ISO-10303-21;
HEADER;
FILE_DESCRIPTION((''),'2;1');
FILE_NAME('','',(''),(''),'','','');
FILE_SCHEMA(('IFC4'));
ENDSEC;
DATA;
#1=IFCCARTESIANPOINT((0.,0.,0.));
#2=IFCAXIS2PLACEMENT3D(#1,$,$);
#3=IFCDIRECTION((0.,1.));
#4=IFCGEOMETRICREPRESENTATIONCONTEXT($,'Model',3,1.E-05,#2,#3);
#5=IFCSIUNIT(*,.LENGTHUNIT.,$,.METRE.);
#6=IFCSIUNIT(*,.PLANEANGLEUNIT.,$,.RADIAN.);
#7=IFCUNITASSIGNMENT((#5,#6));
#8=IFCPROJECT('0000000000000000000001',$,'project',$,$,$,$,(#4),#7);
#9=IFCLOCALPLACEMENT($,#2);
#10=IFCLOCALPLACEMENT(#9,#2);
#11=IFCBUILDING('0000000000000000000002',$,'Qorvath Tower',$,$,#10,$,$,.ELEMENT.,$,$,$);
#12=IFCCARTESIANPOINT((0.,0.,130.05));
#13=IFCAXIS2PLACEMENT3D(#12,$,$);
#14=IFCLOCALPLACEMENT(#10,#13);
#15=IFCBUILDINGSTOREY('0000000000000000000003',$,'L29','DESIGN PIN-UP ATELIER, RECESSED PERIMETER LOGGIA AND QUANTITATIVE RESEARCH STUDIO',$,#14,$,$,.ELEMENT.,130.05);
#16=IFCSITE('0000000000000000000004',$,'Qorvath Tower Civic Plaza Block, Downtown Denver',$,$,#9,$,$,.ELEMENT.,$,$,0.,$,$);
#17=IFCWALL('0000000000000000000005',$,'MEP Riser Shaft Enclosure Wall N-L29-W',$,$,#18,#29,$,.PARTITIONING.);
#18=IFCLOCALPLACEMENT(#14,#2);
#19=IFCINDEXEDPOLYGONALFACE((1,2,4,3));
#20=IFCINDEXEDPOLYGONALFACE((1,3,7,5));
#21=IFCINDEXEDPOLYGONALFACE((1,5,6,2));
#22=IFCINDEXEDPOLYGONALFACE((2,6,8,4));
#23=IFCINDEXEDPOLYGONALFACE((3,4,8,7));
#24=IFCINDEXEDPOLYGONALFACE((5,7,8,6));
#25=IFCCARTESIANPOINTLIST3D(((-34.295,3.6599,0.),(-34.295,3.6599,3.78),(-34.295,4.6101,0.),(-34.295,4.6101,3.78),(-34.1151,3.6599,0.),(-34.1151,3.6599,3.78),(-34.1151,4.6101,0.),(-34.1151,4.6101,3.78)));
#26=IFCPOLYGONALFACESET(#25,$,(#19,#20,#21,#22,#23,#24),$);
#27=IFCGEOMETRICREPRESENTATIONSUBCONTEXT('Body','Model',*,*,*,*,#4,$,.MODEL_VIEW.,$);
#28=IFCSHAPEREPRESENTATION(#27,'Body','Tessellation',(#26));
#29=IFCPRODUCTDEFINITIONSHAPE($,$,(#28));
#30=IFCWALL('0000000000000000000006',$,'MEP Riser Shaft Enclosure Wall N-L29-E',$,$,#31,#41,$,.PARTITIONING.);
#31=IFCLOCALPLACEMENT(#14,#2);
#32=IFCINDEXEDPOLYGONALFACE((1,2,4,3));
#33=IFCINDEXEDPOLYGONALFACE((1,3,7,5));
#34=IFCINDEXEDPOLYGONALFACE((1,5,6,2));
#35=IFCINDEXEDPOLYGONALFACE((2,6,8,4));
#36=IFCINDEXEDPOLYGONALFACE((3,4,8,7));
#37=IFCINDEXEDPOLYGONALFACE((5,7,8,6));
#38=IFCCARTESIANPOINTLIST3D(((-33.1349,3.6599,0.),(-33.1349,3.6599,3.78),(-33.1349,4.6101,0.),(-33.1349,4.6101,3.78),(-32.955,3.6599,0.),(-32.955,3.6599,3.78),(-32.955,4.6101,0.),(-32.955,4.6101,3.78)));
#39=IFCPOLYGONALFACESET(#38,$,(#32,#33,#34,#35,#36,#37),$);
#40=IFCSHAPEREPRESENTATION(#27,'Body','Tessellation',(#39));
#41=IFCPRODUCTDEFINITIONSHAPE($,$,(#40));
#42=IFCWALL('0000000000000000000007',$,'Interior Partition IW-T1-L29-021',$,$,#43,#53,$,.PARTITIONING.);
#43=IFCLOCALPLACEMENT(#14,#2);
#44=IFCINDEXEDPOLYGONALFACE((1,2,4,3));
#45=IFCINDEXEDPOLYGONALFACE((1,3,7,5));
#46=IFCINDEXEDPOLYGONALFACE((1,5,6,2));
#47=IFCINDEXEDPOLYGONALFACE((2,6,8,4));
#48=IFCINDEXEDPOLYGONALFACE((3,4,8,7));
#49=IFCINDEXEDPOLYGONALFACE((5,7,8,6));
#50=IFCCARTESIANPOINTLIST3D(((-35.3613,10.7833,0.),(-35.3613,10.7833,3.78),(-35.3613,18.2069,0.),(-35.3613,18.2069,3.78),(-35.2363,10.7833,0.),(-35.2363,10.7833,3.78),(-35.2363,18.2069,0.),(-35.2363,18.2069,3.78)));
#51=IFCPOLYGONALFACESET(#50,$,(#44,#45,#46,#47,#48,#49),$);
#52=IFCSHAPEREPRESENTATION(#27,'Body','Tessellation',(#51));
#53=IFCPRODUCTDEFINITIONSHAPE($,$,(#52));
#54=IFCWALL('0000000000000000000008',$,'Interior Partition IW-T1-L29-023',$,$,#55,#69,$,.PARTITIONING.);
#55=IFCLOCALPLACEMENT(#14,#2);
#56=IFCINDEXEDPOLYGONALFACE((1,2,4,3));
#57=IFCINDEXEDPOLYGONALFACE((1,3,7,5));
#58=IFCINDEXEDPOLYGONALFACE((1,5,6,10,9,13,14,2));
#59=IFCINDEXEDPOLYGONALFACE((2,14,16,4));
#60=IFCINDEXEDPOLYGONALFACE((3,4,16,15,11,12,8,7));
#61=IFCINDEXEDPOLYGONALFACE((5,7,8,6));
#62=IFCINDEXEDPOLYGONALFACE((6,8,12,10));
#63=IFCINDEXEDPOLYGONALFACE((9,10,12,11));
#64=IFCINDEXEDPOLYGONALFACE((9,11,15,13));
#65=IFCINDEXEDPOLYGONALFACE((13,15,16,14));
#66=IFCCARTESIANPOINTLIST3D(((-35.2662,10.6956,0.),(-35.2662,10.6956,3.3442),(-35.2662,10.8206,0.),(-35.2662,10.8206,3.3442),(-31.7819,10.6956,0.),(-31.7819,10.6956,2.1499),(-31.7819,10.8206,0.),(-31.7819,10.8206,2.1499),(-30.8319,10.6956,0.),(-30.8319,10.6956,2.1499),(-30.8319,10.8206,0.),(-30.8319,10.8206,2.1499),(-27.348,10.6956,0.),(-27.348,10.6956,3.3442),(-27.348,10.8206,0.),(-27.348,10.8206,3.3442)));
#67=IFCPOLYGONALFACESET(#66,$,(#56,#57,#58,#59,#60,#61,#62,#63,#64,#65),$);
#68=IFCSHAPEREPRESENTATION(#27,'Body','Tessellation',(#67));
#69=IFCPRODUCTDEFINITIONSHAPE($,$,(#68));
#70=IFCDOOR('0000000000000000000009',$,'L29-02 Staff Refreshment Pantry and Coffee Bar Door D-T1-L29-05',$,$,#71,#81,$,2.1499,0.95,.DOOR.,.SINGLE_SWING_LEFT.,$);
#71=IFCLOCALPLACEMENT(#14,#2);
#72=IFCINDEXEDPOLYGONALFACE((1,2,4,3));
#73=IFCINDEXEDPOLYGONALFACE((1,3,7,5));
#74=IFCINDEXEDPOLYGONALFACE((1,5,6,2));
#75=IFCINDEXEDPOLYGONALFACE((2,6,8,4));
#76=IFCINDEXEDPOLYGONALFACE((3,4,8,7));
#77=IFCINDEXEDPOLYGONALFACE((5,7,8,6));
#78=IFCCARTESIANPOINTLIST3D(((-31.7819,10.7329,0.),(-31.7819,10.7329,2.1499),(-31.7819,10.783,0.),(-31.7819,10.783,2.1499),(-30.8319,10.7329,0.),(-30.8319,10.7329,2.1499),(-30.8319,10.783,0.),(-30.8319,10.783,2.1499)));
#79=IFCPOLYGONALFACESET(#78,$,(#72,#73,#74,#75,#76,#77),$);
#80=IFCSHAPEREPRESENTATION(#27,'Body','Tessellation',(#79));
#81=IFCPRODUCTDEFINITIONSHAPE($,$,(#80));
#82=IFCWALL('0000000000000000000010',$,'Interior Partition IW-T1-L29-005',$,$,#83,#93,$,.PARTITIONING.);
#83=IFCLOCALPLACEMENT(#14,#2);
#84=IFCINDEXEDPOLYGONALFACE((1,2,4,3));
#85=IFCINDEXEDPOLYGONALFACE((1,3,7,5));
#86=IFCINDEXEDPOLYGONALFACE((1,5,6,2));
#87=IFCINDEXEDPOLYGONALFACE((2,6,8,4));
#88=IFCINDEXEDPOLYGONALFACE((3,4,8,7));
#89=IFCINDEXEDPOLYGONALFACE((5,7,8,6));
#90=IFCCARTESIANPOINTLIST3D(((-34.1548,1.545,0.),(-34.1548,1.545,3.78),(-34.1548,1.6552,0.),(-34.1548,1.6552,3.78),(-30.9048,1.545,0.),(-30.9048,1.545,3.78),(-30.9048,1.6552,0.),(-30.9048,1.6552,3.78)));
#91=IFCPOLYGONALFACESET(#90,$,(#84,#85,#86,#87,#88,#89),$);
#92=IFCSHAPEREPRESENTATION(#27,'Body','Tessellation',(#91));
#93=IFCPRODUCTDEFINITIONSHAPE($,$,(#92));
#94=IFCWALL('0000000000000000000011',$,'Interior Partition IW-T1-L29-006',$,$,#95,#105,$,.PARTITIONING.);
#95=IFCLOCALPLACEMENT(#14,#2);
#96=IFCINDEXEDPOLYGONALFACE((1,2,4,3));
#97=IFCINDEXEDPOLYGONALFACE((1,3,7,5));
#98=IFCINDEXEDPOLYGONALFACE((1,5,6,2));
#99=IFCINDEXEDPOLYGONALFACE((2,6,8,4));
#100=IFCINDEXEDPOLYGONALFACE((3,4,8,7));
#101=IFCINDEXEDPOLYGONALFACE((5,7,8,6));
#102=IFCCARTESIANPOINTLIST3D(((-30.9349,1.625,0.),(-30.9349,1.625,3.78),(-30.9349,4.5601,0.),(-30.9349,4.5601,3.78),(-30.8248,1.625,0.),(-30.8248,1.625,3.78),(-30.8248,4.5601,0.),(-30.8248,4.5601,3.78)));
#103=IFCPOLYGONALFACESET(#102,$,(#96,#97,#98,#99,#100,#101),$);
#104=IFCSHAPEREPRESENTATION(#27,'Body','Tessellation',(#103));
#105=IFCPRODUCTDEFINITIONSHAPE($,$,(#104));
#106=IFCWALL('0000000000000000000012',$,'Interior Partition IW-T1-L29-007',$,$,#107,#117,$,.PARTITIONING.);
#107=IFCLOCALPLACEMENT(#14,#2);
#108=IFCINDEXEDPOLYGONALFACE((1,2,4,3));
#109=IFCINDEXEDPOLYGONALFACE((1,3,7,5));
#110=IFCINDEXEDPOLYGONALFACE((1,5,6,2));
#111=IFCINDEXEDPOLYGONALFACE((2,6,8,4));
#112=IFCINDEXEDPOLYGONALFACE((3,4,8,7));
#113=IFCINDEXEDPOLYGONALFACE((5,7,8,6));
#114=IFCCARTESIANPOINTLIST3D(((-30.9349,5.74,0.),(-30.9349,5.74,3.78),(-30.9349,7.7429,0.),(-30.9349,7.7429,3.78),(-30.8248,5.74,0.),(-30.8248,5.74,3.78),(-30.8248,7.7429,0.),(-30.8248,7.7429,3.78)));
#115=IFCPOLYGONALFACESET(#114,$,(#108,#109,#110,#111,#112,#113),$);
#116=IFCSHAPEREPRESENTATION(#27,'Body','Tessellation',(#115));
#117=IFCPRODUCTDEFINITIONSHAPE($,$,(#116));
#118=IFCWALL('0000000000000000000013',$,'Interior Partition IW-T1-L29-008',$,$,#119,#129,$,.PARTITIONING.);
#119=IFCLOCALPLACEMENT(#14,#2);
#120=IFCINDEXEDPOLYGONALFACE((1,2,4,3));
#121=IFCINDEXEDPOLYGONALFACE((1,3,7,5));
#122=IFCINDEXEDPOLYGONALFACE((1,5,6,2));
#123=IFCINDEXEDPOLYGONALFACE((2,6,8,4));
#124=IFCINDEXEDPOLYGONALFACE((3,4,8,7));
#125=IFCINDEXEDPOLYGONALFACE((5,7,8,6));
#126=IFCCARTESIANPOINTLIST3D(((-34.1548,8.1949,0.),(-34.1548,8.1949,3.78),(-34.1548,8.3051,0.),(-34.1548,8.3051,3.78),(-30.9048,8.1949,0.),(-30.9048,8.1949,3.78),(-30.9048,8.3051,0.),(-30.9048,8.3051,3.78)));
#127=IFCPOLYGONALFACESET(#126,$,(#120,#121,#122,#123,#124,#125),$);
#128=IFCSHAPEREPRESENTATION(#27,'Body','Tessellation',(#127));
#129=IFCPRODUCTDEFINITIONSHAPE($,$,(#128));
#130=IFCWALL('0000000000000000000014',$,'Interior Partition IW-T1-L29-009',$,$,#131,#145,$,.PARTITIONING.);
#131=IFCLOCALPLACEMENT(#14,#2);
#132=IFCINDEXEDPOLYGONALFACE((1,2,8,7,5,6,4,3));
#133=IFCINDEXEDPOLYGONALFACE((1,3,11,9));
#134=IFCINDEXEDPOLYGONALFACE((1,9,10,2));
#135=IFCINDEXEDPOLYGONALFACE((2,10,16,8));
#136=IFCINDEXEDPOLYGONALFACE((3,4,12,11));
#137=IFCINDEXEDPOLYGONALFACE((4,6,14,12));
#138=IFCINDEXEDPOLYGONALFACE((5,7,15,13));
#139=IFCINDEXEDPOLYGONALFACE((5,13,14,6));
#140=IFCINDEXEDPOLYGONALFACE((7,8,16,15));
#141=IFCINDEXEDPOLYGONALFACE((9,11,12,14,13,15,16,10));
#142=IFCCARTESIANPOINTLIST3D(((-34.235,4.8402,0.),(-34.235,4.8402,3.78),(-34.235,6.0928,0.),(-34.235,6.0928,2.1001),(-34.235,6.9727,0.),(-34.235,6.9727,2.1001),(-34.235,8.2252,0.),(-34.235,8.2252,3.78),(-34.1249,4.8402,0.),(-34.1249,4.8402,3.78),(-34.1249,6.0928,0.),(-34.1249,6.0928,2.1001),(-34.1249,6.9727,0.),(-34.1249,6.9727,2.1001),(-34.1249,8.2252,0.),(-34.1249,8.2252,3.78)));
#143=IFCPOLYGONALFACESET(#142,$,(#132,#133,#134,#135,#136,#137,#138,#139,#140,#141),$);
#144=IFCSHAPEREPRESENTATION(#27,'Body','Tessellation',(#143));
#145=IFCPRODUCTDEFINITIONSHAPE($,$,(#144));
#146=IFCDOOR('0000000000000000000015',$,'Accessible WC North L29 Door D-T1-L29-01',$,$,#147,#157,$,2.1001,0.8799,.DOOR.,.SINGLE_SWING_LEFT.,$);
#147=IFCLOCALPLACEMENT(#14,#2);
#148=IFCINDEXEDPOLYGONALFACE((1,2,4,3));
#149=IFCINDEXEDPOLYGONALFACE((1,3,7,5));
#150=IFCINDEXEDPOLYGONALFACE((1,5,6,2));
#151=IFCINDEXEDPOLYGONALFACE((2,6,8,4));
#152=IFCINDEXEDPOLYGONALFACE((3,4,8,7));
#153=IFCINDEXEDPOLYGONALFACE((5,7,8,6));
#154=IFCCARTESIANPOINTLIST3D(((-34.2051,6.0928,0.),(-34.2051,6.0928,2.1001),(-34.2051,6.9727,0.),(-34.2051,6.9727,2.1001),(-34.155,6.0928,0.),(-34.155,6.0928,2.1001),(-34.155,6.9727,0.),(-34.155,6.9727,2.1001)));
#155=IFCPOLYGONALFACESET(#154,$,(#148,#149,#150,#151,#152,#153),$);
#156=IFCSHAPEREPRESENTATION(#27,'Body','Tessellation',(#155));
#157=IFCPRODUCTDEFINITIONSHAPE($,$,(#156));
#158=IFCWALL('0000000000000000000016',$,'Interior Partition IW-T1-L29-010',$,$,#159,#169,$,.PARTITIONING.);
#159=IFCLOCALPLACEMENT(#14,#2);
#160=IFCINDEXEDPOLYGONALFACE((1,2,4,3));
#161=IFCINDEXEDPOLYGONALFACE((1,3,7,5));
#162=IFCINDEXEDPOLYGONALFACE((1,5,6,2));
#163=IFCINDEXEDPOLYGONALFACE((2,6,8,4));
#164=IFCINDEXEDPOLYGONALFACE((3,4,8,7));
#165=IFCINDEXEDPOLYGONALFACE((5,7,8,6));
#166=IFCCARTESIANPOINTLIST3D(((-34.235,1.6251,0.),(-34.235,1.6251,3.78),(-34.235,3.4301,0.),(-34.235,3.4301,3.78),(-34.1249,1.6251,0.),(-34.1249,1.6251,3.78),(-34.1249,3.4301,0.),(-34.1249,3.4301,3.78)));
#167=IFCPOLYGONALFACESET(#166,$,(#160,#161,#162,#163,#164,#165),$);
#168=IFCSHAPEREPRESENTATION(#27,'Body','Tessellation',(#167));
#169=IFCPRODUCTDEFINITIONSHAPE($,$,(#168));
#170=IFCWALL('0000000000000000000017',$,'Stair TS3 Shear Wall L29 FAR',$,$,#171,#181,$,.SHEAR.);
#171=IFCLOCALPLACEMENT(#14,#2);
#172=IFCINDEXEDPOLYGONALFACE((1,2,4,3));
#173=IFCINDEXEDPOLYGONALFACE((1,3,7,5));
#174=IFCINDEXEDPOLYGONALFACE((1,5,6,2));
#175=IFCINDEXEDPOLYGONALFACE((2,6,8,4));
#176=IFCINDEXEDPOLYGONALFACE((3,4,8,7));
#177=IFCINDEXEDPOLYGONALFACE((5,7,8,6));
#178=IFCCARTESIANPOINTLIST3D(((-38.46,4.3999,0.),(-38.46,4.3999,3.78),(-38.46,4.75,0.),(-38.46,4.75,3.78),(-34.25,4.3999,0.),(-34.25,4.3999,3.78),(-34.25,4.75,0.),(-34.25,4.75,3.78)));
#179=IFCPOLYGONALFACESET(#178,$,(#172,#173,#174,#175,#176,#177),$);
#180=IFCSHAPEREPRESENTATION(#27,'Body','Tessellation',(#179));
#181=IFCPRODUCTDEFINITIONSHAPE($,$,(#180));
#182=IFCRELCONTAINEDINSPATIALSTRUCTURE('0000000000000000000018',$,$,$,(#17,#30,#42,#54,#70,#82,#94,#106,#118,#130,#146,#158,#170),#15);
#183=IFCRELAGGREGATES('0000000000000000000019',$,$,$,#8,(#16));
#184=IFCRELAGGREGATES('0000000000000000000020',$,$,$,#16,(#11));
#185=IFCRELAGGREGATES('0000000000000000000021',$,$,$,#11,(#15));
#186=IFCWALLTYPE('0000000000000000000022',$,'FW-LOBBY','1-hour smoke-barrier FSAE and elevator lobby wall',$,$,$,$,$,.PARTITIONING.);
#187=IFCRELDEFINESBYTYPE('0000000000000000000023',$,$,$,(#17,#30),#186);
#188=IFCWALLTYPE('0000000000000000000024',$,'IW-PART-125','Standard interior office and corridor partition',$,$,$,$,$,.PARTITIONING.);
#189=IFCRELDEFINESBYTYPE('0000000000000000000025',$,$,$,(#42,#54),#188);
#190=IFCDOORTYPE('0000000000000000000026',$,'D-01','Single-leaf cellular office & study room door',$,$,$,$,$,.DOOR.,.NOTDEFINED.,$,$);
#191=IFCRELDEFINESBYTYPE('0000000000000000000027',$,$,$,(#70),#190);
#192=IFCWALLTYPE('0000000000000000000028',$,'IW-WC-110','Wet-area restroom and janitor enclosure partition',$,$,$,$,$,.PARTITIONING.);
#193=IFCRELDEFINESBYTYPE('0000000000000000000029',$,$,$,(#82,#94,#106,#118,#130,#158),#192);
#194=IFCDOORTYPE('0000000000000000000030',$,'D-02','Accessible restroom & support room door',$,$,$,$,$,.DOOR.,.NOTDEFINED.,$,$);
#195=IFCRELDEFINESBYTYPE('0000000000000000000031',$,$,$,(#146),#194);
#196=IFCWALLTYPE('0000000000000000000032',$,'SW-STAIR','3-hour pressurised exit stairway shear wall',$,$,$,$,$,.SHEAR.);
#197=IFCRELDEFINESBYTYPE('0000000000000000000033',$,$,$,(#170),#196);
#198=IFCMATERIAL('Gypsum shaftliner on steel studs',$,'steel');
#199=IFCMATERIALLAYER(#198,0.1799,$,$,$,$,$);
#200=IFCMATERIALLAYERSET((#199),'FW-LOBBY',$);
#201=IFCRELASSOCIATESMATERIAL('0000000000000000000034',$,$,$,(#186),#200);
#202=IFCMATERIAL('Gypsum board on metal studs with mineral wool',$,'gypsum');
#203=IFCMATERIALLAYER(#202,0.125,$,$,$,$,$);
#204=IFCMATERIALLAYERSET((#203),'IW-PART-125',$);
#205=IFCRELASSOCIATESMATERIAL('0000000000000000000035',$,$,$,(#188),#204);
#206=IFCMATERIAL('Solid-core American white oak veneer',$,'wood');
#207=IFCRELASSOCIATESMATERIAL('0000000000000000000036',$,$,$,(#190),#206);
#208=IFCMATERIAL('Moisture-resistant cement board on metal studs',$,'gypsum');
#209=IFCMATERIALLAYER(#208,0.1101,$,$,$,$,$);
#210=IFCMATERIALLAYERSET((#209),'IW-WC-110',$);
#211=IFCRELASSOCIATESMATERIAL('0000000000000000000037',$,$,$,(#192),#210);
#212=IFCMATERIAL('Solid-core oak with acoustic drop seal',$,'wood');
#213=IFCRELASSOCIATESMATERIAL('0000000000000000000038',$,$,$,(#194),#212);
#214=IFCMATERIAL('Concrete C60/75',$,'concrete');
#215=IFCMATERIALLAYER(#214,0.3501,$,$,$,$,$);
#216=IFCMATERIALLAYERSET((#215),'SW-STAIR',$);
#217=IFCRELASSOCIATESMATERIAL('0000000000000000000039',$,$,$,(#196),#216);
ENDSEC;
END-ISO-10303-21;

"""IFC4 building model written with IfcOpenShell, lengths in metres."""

from ifc_helpers import new_model, si_unit, direction, frame, frame_2d, origin, place, context, subcontext, project, spatial, rectangle, extrude, material, layer, layer_set, type_object, element, fill, save


model = new_model("IFC4")

# Units and contexts
model_context = context("Model", 3, precision=1e-05, world=origin(), true_north=direction((0.0, 1.0)))
body_context = subcontext(model_context, "Body", "Model", "MODEL_VIEW")
ifc_project = project(units=[si_unit("LENGTHUNIT", "METRE"), si_unit("PLANEANGLEUNIT", "RADIAN")], contexts=[model_context])

# Site, building, storey
site_placement = place(None, origin())
site = spatial("IfcSite", under=ifc_project, at=site_placement, Name="Qorvath Tower Civic Plaza Block, Downtown Denver", CompositionType="ELEMENT", RefElevation=0.0)
building_placement = place(site_placement, origin())
building = spatial("IfcBuilding", under=site, at=building_placement, Name="Qorvath Tower", CompositionType="ELEMENT")
storey_placement = place(building_placement, frame((0.0, 0.0, 130.05)))
storey = spatial("IfcBuildingStorey", under=building, at=storey_placement, Name="L29", Description="DESIGN PIN-UP ATELIER, RECESSED PERIMETER LOGGIA AND QUANTITATIVE RESEARCH STUDIO", CompositionType="ELEMENT", Elevation=130.05)

# Walls
ifc_material_1 = material(Name="Gypsum shaftliner on steel studs", Category="steel")
ifc_layer_1 = layer(ifc_material_1, 0.1799)
ifc_layer_set_1 = layer_set([ifc_layer_1], Name="FW-LOBBY")
wall_type_1 = type_object("IfcWallType", Name="FW-LOBBY", Description="1-hour smoke-barrier FSAE and elevator lobby wall", PredefinedType="PARTITIONING", material=ifc_layer_set_1)
for number, where, z_axis, x_axis, name in (
    (1, (-34.2051, 3.6599, 0.0), (0.0, 0.0, 1.0), (0.0, 1.0, 0.0), "MEP Riser Shaft Enclosure Wall N-L29-W"),
    (2, (-33.0449, 4.6101, 0.0), (0.0, 0.0, 1.0), (0.0, -1.0, 0.0), "MEP Riser Shaft Enclosure Wall N-L29-E"),
):
    element("IfcWall", number, at=place(storey_placement, frame(where, z_axis=z_axis, x_axis=x_axis)), inside=storey, type_object=wall_type_1, Name=name, PredefinedType="PARTITIONING", context=body_context, shape_type="SweptSolid", body=[
        extrude(rectangle(XDim=0.9502, YDim=0.1799, at=frame_2d((0.4751, 0.0))), origin(), (0.0, 0.0, 1.0), 3.78),
    ])

# Shared definitions
ifc_material_2 = material(Name="Gypsum board on metal studs with mineral wool", Category="gypsum")
ifc_layer_2 = layer(ifc_material_2, 0.125)
ifc_layer_set_2 = layer_set([ifc_layer_2], Name="IW-PART-125")
wall_type_2 = type_object("IfcWallType", Name="IW-PART-125", Description="Standard interior office and corridor partition", PredefinedType="PARTITIONING", material=ifc_layer_set_2)
ifc_material_3 = material(Name="Solid-core American white oak veneer", Category="wood")
door_type_1 = type_object("IfcDoorType", Name="D-01", Description="Single-leaf cellular office & study room door", OperationType="NOTDEFINED", PredefinedType="DOOR", material=ifc_material_3)

# Wall
wall_1_placement = place(storey_placement, frame((-35.2988, 10.7832, 0.0), z_axis=(0.0, 0.0, 1.0), x_axis=(0.0, 1.0, 0.0)))
element("IfcWall", 3, at=wall_1_placement, inside=storey, type_object=wall_type_2, Name="Interior Partition IW-T1-L29-021", PredefinedType="PARTITIONING", context=body_context, shape_type="SweptSolid", body=[
    extrude(rectangle(XDim=7.4236, YDim=0.125, at=frame_2d((3.7119, 0.0))), origin(), (0.0, 0.0, 1.0), 3.78),
])

# Wall, opening, door
wall_2_placement = place(storey_placement, frame((-35.2661, 10.7581, 0.0), z_axis=(0.0, 0.0, 1.0), x_axis=(1.0, 0.0, 0.0)))
wall_2 = element("IfcWall", 4, at=wall_2_placement, inside=storey, type_object=wall_type_2, Name="Interior Partition IW-T1-L29-023", PredefinedType="PARTITIONING", context=body_context, shape_type="SweptSolid", body=[
    extrude(rectangle(XDim=7.9182, YDim=0.125, at=frame_2d((3.959, 0.0))), origin(), (0.0, 0.0, 1.0), 3.3442),
])
opening_1_placement = place(wall_2_placement, frame((3.4841, 0.0, 0.0)))
opening_1 = element("IfcOpeningElement", 5, at=opening_1_placement, cuts=wall_2, PredefinedType="OPENING", context=body_context, shape_type="SweptSolid", body=[
    extrude(rectangle(XDim=0.95, YDim=2.1499, at=frame_2d((0.4751, 1.075))), frame((0.0, 0.0725, 0.0), z_axis=(0.0, -1.0, 0.0), x_axis=(1.0, 0.0, 0.0)), (0.0, 0.0, 1.0), 0.145),
])
door_1_placement = place(opening_1_placement, origin())
door_1 = element("IfcDoor", 6, at=door_1_placement, inside=storey, type_object=door_type_1, Name="L29-02 Staff Refreshment Pantry and Coffee Bar Door D-T1-L29-05", OperationType="SINGLE_SWING_LEFT", OverallHeight=2.1499, OverallWidth=0.95, PredefinedType="DOOR", context=body_context, shape_type="SweptSolid", body=[
    extrude(rectangle(XDim=0.95, YDim=2.1499, at=frame_2d((0.4751, 1.075))), frame((0.0, 0.0249, 0.0), z_axis=(0.0, -1.0, 0.0), x_axis=(1.0, 0.0, 0.0)), (0.0, 0.0, 1.0), 0.05),
])
fill(opening_1, door_1)

# Walls
ifc_material_4 = material(Name="Moisture-resistant cement board on metal studs", Category="gypsum")
ifc_layer_3 = layer(ifc_material_4, 0.1101)
ifc_layer_set_3 = layer_set([ifc_layer_3], Name="IW-WC-110")
wall_type_3 = type_object("IfcWallType", Name="IW-WC-110", Description="Wet-area restroom and janitor enclosure partition", PredefinedType="PARTITIONING", material=ifc_layer_set_3)
wall_3_placement = place(storey_placement, frame((-34.1548, 1.6001, 0.0), z_axis=(0.0, 0.0, 1.0), x_axis=(1.0, 0.0, 0.0)))
element("IfcWall", 7, at=wall_3_placement, inside=storey, type_object=wall_type_3, Name="Interior Partition IW-T1-L29-005", PredefinedType="PARTITIONING", context=body_context, shape_type="SweptSolid", body=[
    extrude(rectangle(XDim=3.25, YDim=0.1101, at=frame_2d((1.625, 0.0))), origin(), (0.0, 0.0, 1.0), 3.78),
])
wall_4_placement = place(storey_placement, frame((-30.8799, 1.625, 0.0), z_axis=(0.0, 0.0, 1.0), x_axis=(0.0, 1.0, 0.0)))
element("IfcWall", 8, at=wall_4_placement, inside=storey, type_object=wall_type_3, Name="Interior Partition IW-T1-L29-006", PredefinedType="PARTITIONING", context=body_context, shape_type="SweptSolid", body=[
    extrude(rectangle(XDim=2.9351, YDim=0.1101, at=frame_2d((1.4675, 0.0))), origin(), (0.0, 0.0, 1.0), 3.78),
])
wall_5_placement = place(storey_placement, frame((-30.8799, 5.74, 0.0), z_axis=(0.0, 0.0, 1.0), x_axis=(0.0, 1.0, 0.0)))
element("IfcWall", 9, at=wall_5_placement, inside=storey, type_object=wall_type_3, Name="Interior Partition IW-T1-L29-007", PredefinedType="PARTITIONING", context=body_context, shape_type="SweptSolid", body=[
    extrude(rectangle(XDim=2.0029, YDim=0.1101, at=frame_2d((1.0015, 0.0))), origin(), (0.0, 0.0, 1.0), 3.78),
])
wall_6_placement = place(storey_placement, frame((-30.9048, 8.25, 0.0), z_axis=(0.0, 0.0, 1.0), x_axis=(-1.0, 0.0, 0.0)))
element("IfcWall", 10, at=wall_6_placement, inside=storey, type_object=wall_type_3, Name="Interior Partition IW-T1-L29-008", PredefinedType="PARTITIONING", context=body_context, shape_type="SweptSolid", body=[
    extrude(rectangle(XDim=3.25, YDim=0.1101, at=frame_2d((1.625, 0.0))), origin(), (0.0, 0.0, 1.0), 3.78),
])

# Wall, opening, door
wall_7_placement = place(storey_placement, frame((-34.1799, 8.2251, 0.0), z_axis=(0.0, 0.0, 1.0), x_axis=(0.0, -1.0, 0.0)))
wall_7 = element("IfcWall", 11, at=wall_7_placement, inside=storey, type_object=wall_type_3, Name="Interior Partition IW-T1-L29-009", PredefinedType="PARTITIONING", context=body_context, shape_type="SweptSolid", body=[
    extrude(rectangle(XDim=3.385, YDim=0.1101, at=frame_2d((1.6924, 0.0))), origin(), (0.0, 0.0, 1.0), 3.78),
])
opening_2_placement = place(wall_7_placement, frame((1.2524, 0.0, 0.0)))
opening_2 = element("IfcOpeningElement", 12, at=opening_2_placement, cuts=wall_7, PredefinedType="OPENING", context=body_context, shape_type="SweptSolid", body=[
    extrude(rectangle(XDim=0.8799, YDim=2.1001, at=frame_2d((0.4399, 1.05))), frame((0.0, 0.0649, 0.0), z_axis=(0.0, -1.0, 0.0), x_axis=(1.0, 0.0, 0.0)), (0.0, 0.0, 1.0), 0.1301),
])
ifc_material_5 = material(Name="Solid-core oak with acoustic drop seal", Category="wood")
door_type_2 = type_object("IfcDoorType", Name="D-02", Description="Accessible restroom & support room door", OperationType="NOTDEFINED", PredefinedType="DOOR", material=ifc_material_5)
door_2_placement = place(opening_2_placement, origin())
door_2 = element("IfcDoor", 13, at=door_2_placement, inside=storey, type_object=door_type_2, Name="Accessible WC North L29 Door D-T1-L29-01", OperationType="SINGLE_SWING_LEFT", OverallHeight=2.1001, OverallWidth=0.8799, PredefinedType="DOOR", context=body_context, shape_type="SweptSolid", body=[
    extrude(rectangle(XDim=0.8799, YDim=2.1001, at=frame_2d((0.4399, 1.05))), frame((0.0, 0.0249, 0.0), z_axis=(0.0, -1.0, 0.0), x_axis=(1.0, 0.0, 0.0)), (0.0, 0.0, 1.0), 0.05),
])
fill(opening_2, door_2)

# Walls
wall_8_placement = place(storey_placement, frame((-34.1799, 3.4299, 0.0), z_axis=(0.0, 0.0, 1.0), x_axis=(0.0, -1.0, 0.0)))
element("IfcWall", 14, at=wall_8_placement, inside=storey, type_object=wall_type_3, Name="Interior Partition IW-T1-L29-010", PredefinedType="PARTITIONING", context=body_context, shape_type="SweptSolid", body=[
    extrude(rectangle(XDim=1.8049, YDim=0.1101, at=frame_2d((0.9023, 0.0))), origin(), (0.0, 0.0, 1.0), 3.78),
])
ifc_material_6 = material(Name="Concrete C60/75", Category="concrete")
ifc_layer_4 = layer(ifc_material_6, 0.3501)
ifc_layer_set_4 = layer_set([ifc_layer_4], Name="SW-STAIR")
wall_type_4 = type_object("IfcWallType", Name="SW-STAIR", Description="3-hour pressurised exit stairway shear wall", PredefinedType="SHEAR", material=ifc_layer_set_4)
wall_9_placement = place(storey_placement, frame((-34.25, 4.575, 0.0), z_axis=(0.0, 0.0, 1.0), x_axis=(-1.0, 0.0, 0.0)))
element("IfcWall", 15, at=wall_9_placement, inside=storey, type_object=wall_type_4, Name="Stair TS3 Shear Wall L29 FAR", PredefinedType="SHEAR", context=body_context, shape_type="SweptSolid", body=[
    extrude(rectangle(XDim=4.21, YDim=0.3501, at=frame_2d((2.105, 0.0))), origin(), (0.0, 0.0, 1.0), 3.78),
])

save(model, "model.ifc")
